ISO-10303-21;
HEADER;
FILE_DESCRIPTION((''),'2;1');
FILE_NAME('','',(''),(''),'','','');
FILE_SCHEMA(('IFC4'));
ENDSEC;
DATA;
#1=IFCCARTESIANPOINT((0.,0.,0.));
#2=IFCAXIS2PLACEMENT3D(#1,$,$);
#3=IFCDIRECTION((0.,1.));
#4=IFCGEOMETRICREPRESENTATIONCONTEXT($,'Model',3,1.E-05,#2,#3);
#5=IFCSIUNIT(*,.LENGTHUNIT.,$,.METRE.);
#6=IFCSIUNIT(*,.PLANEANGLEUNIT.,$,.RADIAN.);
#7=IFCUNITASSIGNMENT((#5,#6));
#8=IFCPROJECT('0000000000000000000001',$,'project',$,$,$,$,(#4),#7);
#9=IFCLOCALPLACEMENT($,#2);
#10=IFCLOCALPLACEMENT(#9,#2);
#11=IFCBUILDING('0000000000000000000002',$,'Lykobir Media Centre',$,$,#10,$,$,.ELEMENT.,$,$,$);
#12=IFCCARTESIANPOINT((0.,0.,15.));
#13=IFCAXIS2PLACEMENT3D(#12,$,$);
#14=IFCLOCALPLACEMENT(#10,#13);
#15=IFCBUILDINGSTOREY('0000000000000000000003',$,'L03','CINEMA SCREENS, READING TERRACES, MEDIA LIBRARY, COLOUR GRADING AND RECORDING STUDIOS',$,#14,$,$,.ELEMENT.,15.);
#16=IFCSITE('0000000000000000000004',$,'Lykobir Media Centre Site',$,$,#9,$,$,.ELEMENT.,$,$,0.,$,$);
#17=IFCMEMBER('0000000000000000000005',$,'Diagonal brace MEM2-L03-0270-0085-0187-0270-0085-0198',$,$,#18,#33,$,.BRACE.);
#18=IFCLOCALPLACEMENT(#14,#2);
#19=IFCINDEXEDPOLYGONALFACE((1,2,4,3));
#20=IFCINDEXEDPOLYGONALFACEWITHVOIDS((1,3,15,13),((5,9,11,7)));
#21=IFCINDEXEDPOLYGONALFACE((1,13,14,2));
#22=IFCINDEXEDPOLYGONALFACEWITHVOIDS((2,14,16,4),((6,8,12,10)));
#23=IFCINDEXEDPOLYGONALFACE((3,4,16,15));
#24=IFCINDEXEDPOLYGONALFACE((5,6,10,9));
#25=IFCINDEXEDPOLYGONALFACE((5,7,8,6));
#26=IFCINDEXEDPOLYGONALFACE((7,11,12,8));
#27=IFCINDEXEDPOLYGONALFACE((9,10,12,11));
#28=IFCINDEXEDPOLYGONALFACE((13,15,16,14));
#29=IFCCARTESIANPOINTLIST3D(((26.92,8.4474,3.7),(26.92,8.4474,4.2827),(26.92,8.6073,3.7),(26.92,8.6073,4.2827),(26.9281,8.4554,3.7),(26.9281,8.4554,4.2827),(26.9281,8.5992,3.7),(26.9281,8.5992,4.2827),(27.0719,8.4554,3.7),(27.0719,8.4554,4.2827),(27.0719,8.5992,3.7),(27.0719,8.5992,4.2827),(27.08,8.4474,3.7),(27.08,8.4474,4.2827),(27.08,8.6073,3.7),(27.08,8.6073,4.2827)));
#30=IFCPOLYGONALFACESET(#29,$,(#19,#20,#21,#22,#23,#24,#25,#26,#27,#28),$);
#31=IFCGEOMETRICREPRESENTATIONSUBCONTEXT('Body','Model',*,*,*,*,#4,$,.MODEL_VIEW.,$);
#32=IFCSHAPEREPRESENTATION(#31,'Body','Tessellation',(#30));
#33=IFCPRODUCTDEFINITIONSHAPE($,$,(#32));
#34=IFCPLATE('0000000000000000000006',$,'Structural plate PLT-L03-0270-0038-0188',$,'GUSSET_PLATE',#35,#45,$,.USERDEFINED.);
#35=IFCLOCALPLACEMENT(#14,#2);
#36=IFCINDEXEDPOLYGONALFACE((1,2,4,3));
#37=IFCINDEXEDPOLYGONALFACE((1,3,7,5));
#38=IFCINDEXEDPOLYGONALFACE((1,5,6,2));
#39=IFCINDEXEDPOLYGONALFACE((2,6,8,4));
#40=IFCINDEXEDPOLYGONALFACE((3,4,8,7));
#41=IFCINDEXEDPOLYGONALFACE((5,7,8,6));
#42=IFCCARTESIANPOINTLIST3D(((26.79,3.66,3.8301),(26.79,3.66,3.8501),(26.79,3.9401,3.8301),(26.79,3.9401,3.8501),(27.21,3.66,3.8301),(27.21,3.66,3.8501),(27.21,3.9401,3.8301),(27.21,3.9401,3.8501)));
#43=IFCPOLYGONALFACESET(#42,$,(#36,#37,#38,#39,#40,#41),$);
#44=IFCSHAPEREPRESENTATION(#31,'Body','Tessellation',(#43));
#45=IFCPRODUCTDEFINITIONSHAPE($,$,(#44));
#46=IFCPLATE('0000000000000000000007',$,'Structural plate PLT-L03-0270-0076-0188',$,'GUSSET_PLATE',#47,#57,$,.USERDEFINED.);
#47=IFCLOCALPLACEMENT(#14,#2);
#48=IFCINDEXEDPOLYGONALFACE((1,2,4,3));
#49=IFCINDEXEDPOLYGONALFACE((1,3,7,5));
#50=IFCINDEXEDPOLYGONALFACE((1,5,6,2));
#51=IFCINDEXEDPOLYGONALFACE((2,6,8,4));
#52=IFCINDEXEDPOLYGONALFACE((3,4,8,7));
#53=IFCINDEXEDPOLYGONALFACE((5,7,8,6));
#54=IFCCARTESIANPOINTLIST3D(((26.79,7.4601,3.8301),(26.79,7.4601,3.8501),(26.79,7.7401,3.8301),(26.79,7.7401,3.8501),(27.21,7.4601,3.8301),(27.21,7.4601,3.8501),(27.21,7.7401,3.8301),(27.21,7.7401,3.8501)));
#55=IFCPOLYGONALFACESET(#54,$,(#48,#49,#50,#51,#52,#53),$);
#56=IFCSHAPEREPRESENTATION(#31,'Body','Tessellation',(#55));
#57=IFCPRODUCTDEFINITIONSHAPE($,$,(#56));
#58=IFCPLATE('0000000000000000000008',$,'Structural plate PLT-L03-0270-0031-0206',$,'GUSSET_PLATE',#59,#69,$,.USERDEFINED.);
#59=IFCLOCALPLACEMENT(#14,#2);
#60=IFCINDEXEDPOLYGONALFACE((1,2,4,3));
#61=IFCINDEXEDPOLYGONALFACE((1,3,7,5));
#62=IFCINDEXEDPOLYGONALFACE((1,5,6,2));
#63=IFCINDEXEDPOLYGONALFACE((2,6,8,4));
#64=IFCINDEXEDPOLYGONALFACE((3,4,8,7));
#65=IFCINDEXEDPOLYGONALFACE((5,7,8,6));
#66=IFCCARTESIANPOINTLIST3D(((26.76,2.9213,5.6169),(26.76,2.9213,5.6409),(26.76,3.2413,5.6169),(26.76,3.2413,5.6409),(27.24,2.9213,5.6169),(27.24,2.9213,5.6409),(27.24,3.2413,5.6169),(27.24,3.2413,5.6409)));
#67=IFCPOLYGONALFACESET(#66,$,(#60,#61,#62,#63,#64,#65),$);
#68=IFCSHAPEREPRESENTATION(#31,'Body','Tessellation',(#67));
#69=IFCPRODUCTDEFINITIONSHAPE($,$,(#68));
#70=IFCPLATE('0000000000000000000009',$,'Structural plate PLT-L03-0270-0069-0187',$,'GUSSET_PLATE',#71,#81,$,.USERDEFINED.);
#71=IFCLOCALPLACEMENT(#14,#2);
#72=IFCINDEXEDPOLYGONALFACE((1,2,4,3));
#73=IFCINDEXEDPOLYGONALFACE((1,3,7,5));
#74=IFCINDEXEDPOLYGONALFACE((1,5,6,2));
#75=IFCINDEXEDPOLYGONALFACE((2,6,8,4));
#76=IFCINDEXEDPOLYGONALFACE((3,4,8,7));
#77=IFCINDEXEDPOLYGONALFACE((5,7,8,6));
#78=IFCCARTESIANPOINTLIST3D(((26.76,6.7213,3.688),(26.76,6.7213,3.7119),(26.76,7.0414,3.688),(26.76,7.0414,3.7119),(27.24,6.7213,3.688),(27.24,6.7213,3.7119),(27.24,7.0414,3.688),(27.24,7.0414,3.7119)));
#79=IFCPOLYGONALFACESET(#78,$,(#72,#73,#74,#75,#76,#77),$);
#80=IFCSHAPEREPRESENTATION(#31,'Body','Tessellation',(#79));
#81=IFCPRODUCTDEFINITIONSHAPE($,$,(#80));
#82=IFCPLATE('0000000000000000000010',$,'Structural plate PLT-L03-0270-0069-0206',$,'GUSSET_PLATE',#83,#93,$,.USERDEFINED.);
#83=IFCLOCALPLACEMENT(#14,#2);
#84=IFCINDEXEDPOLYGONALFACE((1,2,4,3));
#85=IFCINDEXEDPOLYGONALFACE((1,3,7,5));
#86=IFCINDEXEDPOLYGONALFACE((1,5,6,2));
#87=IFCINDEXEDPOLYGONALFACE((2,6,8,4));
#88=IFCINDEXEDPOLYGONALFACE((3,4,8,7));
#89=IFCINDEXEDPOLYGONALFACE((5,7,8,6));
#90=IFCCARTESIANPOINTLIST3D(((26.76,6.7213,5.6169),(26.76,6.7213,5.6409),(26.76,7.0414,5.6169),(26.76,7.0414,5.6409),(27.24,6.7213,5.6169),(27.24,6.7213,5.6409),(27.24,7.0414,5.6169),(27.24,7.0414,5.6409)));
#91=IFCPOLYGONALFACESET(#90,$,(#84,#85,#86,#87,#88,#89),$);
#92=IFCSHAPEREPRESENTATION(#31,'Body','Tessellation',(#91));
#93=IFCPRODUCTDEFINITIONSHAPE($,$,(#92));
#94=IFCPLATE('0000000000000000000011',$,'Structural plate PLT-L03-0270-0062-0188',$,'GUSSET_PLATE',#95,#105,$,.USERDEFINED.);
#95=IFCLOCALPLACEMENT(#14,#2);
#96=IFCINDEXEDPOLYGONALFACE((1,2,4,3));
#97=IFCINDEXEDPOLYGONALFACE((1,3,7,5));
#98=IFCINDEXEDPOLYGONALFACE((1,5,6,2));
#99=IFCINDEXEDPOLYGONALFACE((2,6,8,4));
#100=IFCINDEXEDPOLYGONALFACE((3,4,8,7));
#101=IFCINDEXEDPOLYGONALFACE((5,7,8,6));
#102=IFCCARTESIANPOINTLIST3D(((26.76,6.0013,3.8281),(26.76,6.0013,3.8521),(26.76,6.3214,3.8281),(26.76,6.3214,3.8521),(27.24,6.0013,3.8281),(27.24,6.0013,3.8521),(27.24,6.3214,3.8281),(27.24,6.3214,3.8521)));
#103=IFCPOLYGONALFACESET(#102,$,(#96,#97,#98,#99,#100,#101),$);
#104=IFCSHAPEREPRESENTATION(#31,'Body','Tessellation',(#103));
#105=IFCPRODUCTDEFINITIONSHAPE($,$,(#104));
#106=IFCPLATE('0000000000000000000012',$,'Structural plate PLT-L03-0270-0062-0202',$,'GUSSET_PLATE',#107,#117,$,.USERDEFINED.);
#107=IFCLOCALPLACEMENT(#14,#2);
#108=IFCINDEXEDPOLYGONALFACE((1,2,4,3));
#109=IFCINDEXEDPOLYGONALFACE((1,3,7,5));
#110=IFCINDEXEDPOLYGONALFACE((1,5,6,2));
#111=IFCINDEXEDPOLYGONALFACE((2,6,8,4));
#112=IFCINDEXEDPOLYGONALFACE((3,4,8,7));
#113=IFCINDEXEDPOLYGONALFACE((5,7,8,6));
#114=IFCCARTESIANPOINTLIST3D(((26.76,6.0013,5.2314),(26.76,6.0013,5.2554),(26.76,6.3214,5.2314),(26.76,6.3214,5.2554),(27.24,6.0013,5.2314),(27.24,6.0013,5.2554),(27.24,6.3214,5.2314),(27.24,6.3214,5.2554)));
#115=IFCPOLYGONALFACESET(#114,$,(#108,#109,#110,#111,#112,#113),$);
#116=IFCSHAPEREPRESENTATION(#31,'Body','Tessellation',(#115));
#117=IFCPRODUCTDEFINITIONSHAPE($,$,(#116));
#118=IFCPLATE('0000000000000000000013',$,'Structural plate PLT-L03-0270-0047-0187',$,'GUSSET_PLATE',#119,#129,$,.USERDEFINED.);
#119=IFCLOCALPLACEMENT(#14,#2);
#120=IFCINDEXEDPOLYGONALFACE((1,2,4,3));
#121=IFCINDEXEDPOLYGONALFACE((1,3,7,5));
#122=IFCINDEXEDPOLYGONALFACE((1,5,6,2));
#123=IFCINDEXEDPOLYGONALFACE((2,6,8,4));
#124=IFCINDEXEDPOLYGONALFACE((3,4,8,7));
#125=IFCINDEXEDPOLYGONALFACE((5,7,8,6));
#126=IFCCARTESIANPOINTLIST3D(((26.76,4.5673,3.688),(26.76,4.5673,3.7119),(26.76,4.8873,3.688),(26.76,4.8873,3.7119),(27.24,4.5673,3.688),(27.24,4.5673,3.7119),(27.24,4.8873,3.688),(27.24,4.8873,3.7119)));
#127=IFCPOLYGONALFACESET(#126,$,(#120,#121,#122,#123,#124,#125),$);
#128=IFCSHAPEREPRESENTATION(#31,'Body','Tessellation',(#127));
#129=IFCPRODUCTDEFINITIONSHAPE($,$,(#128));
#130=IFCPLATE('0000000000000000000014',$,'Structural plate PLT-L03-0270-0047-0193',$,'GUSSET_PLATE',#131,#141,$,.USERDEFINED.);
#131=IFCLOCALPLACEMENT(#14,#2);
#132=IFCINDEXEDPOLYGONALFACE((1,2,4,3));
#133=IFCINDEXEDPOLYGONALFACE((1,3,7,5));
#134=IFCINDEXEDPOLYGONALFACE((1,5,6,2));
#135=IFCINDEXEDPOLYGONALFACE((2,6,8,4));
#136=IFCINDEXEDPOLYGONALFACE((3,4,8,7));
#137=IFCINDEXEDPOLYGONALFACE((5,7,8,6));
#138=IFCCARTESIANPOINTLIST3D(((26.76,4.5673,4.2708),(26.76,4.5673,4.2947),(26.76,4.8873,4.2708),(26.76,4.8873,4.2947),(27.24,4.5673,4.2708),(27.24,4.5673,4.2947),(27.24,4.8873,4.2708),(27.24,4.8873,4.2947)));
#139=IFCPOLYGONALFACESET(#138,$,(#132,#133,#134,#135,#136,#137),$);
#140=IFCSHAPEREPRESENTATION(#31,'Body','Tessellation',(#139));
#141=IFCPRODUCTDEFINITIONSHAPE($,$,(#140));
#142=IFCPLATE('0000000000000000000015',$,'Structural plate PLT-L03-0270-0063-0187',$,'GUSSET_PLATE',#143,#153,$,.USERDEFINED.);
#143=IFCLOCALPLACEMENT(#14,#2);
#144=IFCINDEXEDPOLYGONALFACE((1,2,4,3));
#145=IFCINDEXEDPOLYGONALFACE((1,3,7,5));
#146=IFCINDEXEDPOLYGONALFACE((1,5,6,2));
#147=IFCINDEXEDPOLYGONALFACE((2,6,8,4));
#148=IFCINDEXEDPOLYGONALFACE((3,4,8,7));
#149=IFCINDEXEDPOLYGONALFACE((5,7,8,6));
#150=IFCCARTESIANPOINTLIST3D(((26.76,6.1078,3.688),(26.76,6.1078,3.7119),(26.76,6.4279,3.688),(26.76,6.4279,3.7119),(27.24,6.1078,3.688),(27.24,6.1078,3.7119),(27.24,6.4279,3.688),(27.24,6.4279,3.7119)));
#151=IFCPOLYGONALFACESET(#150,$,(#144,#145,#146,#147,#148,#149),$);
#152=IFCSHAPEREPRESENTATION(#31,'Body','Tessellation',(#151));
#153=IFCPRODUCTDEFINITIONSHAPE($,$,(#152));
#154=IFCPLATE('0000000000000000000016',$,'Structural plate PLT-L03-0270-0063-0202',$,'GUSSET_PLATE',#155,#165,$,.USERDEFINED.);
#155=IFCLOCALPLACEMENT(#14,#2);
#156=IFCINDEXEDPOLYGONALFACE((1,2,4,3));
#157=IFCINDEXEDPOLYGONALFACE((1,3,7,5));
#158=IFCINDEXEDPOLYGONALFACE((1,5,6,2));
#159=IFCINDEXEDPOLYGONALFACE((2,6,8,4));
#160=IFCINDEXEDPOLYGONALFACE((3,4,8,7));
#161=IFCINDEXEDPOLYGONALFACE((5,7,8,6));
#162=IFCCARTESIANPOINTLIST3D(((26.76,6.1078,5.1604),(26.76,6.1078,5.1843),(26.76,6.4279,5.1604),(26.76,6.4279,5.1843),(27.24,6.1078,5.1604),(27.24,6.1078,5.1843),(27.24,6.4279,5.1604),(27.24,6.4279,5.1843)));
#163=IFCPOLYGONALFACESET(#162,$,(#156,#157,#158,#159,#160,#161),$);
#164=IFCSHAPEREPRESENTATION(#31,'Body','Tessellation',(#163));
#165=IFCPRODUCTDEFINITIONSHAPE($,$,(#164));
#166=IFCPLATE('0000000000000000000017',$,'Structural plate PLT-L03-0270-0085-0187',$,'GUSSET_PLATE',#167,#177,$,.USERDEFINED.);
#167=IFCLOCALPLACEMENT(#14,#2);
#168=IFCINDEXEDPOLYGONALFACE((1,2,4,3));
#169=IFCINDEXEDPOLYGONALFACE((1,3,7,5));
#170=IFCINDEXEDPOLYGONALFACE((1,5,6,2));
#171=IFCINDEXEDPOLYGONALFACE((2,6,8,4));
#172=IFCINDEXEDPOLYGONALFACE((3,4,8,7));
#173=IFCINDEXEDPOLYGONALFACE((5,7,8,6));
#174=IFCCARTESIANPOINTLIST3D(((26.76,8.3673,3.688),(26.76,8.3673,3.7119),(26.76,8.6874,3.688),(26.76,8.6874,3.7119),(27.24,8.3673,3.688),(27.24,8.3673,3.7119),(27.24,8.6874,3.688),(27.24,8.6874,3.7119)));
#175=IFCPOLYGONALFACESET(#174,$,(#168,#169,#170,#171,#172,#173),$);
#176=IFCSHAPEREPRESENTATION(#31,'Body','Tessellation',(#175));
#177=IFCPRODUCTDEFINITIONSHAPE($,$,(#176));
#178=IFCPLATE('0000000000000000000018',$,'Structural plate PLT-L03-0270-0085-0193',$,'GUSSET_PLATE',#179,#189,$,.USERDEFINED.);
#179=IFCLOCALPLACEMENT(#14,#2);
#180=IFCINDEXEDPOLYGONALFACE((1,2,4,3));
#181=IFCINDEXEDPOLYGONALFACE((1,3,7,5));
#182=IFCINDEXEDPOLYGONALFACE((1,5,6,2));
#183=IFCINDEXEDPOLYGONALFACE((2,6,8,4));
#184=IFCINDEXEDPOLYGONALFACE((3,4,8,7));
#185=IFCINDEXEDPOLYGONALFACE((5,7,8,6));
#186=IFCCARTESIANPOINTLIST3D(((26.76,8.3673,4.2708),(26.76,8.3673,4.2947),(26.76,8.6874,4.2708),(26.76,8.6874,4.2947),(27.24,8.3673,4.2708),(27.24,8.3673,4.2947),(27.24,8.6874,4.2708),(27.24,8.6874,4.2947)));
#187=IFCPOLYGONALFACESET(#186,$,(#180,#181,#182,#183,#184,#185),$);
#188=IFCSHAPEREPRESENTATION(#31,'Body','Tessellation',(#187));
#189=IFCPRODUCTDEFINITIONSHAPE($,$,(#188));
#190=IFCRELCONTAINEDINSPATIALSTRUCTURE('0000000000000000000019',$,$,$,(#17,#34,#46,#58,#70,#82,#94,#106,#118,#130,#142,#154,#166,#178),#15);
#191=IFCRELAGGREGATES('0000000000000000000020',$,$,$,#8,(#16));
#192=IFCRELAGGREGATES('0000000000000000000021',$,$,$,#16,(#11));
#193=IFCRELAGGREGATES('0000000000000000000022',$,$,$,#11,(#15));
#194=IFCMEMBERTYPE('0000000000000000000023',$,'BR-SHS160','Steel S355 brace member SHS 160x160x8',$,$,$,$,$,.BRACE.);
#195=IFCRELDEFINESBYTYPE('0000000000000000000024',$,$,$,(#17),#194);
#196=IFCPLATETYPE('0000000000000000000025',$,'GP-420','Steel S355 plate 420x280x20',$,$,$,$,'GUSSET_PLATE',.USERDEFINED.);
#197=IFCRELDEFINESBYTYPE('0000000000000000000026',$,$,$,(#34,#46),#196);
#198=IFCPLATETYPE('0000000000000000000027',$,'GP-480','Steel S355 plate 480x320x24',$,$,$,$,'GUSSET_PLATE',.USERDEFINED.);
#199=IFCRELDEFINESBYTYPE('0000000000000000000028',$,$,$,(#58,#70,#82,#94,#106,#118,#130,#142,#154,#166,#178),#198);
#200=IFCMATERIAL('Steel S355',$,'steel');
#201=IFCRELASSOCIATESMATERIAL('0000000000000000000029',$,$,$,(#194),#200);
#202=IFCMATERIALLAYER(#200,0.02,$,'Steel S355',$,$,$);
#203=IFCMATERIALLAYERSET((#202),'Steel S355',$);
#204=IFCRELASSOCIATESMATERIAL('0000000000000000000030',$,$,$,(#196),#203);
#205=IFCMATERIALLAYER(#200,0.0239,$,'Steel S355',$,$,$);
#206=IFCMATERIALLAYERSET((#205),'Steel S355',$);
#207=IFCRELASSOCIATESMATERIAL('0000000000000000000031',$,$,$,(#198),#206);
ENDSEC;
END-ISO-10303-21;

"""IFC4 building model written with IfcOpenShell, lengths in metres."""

from ifc_helpers import new_model, si_unit, direction, frame, origin, origin_2d, place, context, subcontext, project, spatial, rectangle, hollow_rectangle, extrude, material, layer, layer_set, material_profile, profile_set, type_object, element, save


model = new_model("IFC4")

# Units and contexts
model_context = context("Model", 3, precision=1e-05, world=origin(), true_north=direction((0.0, 1.0)))
body_context = subcontext(model_context, "Body", "Model", "MODEL_VIEW")
ifc_project = project(units=[si_unit("LENGTHUNIT", "METRE"), si_unit("PLANEANGLEUNIT", "RADIAN")], contexts=[model_context])

# Site, building, storey
site_placement = place(None, origin())
site = spatial("IfcSite", under=ifc_project, at=site_placement, Name="Lykobir Media Centre Site", CompositionType="ELEMENT", RefElevation=0.0)
building_placement = place(site_placement, origin())
building = spatial("IfcBuilding", under=site, at=building_placement, Name="Lykobir Media Centre", CompositionType="ELEMENT")
storey_placement = place(building_placement, frame((0.0, 0.0, 15.0)))
storey = spatial("IfcBuildingStorey", under=building, at=storey_placement, Name="L03", Description="CINEMA SCREENS, READING TERRACES, MEDIA LIBRARY, COLOUR GRADING AND RECORDING STUDIOS", CompositionType="ELEMENT", Elevation=15.0)

# Member
ifc_material_1 = material(Name="Steel S355", Category="steel")
ifc_material_profile_1 = material_profile(ifc_material_1, hollow_rectangle(XDim=0.1599, YDim=0.1599, WallThickness=0.0081, at=origin_2d()), Name="SHS 160x160x8")
ifc_profile_set_1 = profile_set([ifc_material_profile_1], Name="Steel S355")
member_type_1 = type_object("IfcMemberType", Name="BR-SHS160", Description="Steel S355 brace member SHS 160x160x8", PredefinedType="BRACE", material=ifc_profile_set_1)
member_1_placement = place(storey_placement, frame((27.0, 8.5273, 3.7), z_axis=(0.0, 0.0, 1.0), x_axis=(1.0, 0.0, 0.0)))
element("IfcMember", 1, at=member_1_placement, inside=storey, type_object=member_type_1, Name="Diagonal brace MEM2-L03-0270-0085-0187-0270-0085-0198", PredefinedType="BRACE", context=body_context, shape_type="SweptSolid", body=[
    extrude(hollow_rectangle(XDim=0.1599, YDim=0.1599, WallThickness=0.0081, at=origin_2d()), origin(), (0.0, 0.0, 1.0), 0.5828),
])

# Plates
ifc_layer_1 = layer(ifc_material_1, 0.02, Name="Steel S355")
ifc_layer_set_1 = layer_set([ifc_layer_1], Name="Steel S355")
plate_type_1 = type_object("IfcPlateType", Name="GP-420", Description="Steel S355 plate 420x280x20", ElementType="GUSSET_PLATE", PredefinedType="USERDEFINED", material=ifc_layer_set_1)
for number, where, z_axis, x_axis, name in (
    (2, (27.0, 3.8, 3.8301), (0.0, 0.0, 1.0), (1.0, 0.0, 0.0), "Structural plate PLT-L03-0270-0038-0188"),
    (3, (27.0, 7.6001, 3.8301), (0.0, 0.0, 1.0), (1.0, 0.0, 0.0), "Structural plate PLT-L03-0270-0076-0188"),
):
    element("IfcPlate", number, at=place(storey_placement, frame(where, z_axis=z_axis, x_axis=x_axis)), inside=storey, type_object=plate_type_1, Name=name, ObjectType="GUSSET_PLATE", PredefinedType="USERDEFINED", context=body_context, shape_type="SweptSolid", body=[
        extrude(rectangle(XDim=0.4199, YDim=0.28, at=origin_2d()), origin(), (0.0, 0.0, 1.0), 0.02),
    ])
ifc_layer_2 = layer(ifc_material_1, 0.0239, Name="Steel S355")
ifc_layer_set_2 = layer_set([ifc_layer_2], Name="Steel S355")
plate_type_2 = type_object("IfcPlateType", Name="GP-480", Description="Steel S355 plate 480x320x24", ElementType="GUSSET_PLATE", PredefinedType="USERDEFINED", material=ifc_layer_set_2)
for number, where, z_axis, x_axis, name in (
    (4, (27.0, 3.0813, 5.6169), (0.0, 0.0, 1.0), (1.0, 0.0, 0.0), "Structural plate PLT-L03-0270-0031-0206"),
    (5, (27.0, 6.8813, 3.688), (0.0, 0.0, 1.0), (1.0, 0.0, 0.0), "Structural plate PLT-L03-0270-0069-0187"),
    (6, (27.0, 6.8813, 5.6169), (0.0, 0.0, 1.0), (1.0, 0.0, 0.0), "Structural plate PLT-L03-0270-0069-0206"),
    (7, (27.0, 6.1614, 3.8281), (0.0, 0.0, 1.0), (1.0, 0.0, 0.0), "Structural plate PLT-L03-0270-0062-0188"),
    (8, (27.0, 6.1614, 5.2314), (0.0, 0.0, 1.0), (1.0, 0.0, 0.0), "Structural plate PLT-L03-0270-0062-0202"),
    (9, (27.0, 4.7273, 3.688), (0.0, 0.0, 1.0), (1.0, 0.0, 0.0), "Structural plate PLT-L03-0270-0047-0187"),
    (10, (27.0, 4.7273, 4.2708), (0.0, 0.0, 1.0), (1.0, 0.0, 0.0), "Structural plate PLT-L03-0270-0047-0193"),
    (11, (27.0, 6.2678, 3.688), (0.0, 0.0, 1.0), (1.0, 0.0, 0.0), "Structural plate PLT-L03-0270-0063-0187"),
    (12, (27.0, 6.2678, 5.1604), (0.0, 0.0, 1.0), (1.0, 0.0, 0.0), "Structural plate PLT-L03-0270-0063-0202"),
    (13, (27.0, 8.5273, 3.688), (0.0, 0.0, 1.0), (1.0, 0.0, 0.0), "Structural plate PLT-L03-0270-0085-0187"),
    (14, (27.0, 8.5273, 4.2708), (0.0, 0.0, 1.0), (1.0, 0.0, 0.0), "Structural plate PLT-L03-0270-0085-0193"),
):
    element("IfcPlate", number, at=place(storey_placement, frame(where, z_axis=z_axis, x_axis=x_axis)), inside=storey, type_object=plate_type_2, Name=name, ObjectType="GUSSET_PLATE", PredefinedType="USERDEFINED", context=body_context, shape_type="SweptSolid", body=[
        extrude(rectangle(XDim=0.48, YDim=0.3201, at=origin_2d()), origin(), (0.0, 0.0, 1.0), 0.0239),
    ])

save(model, "model.ifc")
